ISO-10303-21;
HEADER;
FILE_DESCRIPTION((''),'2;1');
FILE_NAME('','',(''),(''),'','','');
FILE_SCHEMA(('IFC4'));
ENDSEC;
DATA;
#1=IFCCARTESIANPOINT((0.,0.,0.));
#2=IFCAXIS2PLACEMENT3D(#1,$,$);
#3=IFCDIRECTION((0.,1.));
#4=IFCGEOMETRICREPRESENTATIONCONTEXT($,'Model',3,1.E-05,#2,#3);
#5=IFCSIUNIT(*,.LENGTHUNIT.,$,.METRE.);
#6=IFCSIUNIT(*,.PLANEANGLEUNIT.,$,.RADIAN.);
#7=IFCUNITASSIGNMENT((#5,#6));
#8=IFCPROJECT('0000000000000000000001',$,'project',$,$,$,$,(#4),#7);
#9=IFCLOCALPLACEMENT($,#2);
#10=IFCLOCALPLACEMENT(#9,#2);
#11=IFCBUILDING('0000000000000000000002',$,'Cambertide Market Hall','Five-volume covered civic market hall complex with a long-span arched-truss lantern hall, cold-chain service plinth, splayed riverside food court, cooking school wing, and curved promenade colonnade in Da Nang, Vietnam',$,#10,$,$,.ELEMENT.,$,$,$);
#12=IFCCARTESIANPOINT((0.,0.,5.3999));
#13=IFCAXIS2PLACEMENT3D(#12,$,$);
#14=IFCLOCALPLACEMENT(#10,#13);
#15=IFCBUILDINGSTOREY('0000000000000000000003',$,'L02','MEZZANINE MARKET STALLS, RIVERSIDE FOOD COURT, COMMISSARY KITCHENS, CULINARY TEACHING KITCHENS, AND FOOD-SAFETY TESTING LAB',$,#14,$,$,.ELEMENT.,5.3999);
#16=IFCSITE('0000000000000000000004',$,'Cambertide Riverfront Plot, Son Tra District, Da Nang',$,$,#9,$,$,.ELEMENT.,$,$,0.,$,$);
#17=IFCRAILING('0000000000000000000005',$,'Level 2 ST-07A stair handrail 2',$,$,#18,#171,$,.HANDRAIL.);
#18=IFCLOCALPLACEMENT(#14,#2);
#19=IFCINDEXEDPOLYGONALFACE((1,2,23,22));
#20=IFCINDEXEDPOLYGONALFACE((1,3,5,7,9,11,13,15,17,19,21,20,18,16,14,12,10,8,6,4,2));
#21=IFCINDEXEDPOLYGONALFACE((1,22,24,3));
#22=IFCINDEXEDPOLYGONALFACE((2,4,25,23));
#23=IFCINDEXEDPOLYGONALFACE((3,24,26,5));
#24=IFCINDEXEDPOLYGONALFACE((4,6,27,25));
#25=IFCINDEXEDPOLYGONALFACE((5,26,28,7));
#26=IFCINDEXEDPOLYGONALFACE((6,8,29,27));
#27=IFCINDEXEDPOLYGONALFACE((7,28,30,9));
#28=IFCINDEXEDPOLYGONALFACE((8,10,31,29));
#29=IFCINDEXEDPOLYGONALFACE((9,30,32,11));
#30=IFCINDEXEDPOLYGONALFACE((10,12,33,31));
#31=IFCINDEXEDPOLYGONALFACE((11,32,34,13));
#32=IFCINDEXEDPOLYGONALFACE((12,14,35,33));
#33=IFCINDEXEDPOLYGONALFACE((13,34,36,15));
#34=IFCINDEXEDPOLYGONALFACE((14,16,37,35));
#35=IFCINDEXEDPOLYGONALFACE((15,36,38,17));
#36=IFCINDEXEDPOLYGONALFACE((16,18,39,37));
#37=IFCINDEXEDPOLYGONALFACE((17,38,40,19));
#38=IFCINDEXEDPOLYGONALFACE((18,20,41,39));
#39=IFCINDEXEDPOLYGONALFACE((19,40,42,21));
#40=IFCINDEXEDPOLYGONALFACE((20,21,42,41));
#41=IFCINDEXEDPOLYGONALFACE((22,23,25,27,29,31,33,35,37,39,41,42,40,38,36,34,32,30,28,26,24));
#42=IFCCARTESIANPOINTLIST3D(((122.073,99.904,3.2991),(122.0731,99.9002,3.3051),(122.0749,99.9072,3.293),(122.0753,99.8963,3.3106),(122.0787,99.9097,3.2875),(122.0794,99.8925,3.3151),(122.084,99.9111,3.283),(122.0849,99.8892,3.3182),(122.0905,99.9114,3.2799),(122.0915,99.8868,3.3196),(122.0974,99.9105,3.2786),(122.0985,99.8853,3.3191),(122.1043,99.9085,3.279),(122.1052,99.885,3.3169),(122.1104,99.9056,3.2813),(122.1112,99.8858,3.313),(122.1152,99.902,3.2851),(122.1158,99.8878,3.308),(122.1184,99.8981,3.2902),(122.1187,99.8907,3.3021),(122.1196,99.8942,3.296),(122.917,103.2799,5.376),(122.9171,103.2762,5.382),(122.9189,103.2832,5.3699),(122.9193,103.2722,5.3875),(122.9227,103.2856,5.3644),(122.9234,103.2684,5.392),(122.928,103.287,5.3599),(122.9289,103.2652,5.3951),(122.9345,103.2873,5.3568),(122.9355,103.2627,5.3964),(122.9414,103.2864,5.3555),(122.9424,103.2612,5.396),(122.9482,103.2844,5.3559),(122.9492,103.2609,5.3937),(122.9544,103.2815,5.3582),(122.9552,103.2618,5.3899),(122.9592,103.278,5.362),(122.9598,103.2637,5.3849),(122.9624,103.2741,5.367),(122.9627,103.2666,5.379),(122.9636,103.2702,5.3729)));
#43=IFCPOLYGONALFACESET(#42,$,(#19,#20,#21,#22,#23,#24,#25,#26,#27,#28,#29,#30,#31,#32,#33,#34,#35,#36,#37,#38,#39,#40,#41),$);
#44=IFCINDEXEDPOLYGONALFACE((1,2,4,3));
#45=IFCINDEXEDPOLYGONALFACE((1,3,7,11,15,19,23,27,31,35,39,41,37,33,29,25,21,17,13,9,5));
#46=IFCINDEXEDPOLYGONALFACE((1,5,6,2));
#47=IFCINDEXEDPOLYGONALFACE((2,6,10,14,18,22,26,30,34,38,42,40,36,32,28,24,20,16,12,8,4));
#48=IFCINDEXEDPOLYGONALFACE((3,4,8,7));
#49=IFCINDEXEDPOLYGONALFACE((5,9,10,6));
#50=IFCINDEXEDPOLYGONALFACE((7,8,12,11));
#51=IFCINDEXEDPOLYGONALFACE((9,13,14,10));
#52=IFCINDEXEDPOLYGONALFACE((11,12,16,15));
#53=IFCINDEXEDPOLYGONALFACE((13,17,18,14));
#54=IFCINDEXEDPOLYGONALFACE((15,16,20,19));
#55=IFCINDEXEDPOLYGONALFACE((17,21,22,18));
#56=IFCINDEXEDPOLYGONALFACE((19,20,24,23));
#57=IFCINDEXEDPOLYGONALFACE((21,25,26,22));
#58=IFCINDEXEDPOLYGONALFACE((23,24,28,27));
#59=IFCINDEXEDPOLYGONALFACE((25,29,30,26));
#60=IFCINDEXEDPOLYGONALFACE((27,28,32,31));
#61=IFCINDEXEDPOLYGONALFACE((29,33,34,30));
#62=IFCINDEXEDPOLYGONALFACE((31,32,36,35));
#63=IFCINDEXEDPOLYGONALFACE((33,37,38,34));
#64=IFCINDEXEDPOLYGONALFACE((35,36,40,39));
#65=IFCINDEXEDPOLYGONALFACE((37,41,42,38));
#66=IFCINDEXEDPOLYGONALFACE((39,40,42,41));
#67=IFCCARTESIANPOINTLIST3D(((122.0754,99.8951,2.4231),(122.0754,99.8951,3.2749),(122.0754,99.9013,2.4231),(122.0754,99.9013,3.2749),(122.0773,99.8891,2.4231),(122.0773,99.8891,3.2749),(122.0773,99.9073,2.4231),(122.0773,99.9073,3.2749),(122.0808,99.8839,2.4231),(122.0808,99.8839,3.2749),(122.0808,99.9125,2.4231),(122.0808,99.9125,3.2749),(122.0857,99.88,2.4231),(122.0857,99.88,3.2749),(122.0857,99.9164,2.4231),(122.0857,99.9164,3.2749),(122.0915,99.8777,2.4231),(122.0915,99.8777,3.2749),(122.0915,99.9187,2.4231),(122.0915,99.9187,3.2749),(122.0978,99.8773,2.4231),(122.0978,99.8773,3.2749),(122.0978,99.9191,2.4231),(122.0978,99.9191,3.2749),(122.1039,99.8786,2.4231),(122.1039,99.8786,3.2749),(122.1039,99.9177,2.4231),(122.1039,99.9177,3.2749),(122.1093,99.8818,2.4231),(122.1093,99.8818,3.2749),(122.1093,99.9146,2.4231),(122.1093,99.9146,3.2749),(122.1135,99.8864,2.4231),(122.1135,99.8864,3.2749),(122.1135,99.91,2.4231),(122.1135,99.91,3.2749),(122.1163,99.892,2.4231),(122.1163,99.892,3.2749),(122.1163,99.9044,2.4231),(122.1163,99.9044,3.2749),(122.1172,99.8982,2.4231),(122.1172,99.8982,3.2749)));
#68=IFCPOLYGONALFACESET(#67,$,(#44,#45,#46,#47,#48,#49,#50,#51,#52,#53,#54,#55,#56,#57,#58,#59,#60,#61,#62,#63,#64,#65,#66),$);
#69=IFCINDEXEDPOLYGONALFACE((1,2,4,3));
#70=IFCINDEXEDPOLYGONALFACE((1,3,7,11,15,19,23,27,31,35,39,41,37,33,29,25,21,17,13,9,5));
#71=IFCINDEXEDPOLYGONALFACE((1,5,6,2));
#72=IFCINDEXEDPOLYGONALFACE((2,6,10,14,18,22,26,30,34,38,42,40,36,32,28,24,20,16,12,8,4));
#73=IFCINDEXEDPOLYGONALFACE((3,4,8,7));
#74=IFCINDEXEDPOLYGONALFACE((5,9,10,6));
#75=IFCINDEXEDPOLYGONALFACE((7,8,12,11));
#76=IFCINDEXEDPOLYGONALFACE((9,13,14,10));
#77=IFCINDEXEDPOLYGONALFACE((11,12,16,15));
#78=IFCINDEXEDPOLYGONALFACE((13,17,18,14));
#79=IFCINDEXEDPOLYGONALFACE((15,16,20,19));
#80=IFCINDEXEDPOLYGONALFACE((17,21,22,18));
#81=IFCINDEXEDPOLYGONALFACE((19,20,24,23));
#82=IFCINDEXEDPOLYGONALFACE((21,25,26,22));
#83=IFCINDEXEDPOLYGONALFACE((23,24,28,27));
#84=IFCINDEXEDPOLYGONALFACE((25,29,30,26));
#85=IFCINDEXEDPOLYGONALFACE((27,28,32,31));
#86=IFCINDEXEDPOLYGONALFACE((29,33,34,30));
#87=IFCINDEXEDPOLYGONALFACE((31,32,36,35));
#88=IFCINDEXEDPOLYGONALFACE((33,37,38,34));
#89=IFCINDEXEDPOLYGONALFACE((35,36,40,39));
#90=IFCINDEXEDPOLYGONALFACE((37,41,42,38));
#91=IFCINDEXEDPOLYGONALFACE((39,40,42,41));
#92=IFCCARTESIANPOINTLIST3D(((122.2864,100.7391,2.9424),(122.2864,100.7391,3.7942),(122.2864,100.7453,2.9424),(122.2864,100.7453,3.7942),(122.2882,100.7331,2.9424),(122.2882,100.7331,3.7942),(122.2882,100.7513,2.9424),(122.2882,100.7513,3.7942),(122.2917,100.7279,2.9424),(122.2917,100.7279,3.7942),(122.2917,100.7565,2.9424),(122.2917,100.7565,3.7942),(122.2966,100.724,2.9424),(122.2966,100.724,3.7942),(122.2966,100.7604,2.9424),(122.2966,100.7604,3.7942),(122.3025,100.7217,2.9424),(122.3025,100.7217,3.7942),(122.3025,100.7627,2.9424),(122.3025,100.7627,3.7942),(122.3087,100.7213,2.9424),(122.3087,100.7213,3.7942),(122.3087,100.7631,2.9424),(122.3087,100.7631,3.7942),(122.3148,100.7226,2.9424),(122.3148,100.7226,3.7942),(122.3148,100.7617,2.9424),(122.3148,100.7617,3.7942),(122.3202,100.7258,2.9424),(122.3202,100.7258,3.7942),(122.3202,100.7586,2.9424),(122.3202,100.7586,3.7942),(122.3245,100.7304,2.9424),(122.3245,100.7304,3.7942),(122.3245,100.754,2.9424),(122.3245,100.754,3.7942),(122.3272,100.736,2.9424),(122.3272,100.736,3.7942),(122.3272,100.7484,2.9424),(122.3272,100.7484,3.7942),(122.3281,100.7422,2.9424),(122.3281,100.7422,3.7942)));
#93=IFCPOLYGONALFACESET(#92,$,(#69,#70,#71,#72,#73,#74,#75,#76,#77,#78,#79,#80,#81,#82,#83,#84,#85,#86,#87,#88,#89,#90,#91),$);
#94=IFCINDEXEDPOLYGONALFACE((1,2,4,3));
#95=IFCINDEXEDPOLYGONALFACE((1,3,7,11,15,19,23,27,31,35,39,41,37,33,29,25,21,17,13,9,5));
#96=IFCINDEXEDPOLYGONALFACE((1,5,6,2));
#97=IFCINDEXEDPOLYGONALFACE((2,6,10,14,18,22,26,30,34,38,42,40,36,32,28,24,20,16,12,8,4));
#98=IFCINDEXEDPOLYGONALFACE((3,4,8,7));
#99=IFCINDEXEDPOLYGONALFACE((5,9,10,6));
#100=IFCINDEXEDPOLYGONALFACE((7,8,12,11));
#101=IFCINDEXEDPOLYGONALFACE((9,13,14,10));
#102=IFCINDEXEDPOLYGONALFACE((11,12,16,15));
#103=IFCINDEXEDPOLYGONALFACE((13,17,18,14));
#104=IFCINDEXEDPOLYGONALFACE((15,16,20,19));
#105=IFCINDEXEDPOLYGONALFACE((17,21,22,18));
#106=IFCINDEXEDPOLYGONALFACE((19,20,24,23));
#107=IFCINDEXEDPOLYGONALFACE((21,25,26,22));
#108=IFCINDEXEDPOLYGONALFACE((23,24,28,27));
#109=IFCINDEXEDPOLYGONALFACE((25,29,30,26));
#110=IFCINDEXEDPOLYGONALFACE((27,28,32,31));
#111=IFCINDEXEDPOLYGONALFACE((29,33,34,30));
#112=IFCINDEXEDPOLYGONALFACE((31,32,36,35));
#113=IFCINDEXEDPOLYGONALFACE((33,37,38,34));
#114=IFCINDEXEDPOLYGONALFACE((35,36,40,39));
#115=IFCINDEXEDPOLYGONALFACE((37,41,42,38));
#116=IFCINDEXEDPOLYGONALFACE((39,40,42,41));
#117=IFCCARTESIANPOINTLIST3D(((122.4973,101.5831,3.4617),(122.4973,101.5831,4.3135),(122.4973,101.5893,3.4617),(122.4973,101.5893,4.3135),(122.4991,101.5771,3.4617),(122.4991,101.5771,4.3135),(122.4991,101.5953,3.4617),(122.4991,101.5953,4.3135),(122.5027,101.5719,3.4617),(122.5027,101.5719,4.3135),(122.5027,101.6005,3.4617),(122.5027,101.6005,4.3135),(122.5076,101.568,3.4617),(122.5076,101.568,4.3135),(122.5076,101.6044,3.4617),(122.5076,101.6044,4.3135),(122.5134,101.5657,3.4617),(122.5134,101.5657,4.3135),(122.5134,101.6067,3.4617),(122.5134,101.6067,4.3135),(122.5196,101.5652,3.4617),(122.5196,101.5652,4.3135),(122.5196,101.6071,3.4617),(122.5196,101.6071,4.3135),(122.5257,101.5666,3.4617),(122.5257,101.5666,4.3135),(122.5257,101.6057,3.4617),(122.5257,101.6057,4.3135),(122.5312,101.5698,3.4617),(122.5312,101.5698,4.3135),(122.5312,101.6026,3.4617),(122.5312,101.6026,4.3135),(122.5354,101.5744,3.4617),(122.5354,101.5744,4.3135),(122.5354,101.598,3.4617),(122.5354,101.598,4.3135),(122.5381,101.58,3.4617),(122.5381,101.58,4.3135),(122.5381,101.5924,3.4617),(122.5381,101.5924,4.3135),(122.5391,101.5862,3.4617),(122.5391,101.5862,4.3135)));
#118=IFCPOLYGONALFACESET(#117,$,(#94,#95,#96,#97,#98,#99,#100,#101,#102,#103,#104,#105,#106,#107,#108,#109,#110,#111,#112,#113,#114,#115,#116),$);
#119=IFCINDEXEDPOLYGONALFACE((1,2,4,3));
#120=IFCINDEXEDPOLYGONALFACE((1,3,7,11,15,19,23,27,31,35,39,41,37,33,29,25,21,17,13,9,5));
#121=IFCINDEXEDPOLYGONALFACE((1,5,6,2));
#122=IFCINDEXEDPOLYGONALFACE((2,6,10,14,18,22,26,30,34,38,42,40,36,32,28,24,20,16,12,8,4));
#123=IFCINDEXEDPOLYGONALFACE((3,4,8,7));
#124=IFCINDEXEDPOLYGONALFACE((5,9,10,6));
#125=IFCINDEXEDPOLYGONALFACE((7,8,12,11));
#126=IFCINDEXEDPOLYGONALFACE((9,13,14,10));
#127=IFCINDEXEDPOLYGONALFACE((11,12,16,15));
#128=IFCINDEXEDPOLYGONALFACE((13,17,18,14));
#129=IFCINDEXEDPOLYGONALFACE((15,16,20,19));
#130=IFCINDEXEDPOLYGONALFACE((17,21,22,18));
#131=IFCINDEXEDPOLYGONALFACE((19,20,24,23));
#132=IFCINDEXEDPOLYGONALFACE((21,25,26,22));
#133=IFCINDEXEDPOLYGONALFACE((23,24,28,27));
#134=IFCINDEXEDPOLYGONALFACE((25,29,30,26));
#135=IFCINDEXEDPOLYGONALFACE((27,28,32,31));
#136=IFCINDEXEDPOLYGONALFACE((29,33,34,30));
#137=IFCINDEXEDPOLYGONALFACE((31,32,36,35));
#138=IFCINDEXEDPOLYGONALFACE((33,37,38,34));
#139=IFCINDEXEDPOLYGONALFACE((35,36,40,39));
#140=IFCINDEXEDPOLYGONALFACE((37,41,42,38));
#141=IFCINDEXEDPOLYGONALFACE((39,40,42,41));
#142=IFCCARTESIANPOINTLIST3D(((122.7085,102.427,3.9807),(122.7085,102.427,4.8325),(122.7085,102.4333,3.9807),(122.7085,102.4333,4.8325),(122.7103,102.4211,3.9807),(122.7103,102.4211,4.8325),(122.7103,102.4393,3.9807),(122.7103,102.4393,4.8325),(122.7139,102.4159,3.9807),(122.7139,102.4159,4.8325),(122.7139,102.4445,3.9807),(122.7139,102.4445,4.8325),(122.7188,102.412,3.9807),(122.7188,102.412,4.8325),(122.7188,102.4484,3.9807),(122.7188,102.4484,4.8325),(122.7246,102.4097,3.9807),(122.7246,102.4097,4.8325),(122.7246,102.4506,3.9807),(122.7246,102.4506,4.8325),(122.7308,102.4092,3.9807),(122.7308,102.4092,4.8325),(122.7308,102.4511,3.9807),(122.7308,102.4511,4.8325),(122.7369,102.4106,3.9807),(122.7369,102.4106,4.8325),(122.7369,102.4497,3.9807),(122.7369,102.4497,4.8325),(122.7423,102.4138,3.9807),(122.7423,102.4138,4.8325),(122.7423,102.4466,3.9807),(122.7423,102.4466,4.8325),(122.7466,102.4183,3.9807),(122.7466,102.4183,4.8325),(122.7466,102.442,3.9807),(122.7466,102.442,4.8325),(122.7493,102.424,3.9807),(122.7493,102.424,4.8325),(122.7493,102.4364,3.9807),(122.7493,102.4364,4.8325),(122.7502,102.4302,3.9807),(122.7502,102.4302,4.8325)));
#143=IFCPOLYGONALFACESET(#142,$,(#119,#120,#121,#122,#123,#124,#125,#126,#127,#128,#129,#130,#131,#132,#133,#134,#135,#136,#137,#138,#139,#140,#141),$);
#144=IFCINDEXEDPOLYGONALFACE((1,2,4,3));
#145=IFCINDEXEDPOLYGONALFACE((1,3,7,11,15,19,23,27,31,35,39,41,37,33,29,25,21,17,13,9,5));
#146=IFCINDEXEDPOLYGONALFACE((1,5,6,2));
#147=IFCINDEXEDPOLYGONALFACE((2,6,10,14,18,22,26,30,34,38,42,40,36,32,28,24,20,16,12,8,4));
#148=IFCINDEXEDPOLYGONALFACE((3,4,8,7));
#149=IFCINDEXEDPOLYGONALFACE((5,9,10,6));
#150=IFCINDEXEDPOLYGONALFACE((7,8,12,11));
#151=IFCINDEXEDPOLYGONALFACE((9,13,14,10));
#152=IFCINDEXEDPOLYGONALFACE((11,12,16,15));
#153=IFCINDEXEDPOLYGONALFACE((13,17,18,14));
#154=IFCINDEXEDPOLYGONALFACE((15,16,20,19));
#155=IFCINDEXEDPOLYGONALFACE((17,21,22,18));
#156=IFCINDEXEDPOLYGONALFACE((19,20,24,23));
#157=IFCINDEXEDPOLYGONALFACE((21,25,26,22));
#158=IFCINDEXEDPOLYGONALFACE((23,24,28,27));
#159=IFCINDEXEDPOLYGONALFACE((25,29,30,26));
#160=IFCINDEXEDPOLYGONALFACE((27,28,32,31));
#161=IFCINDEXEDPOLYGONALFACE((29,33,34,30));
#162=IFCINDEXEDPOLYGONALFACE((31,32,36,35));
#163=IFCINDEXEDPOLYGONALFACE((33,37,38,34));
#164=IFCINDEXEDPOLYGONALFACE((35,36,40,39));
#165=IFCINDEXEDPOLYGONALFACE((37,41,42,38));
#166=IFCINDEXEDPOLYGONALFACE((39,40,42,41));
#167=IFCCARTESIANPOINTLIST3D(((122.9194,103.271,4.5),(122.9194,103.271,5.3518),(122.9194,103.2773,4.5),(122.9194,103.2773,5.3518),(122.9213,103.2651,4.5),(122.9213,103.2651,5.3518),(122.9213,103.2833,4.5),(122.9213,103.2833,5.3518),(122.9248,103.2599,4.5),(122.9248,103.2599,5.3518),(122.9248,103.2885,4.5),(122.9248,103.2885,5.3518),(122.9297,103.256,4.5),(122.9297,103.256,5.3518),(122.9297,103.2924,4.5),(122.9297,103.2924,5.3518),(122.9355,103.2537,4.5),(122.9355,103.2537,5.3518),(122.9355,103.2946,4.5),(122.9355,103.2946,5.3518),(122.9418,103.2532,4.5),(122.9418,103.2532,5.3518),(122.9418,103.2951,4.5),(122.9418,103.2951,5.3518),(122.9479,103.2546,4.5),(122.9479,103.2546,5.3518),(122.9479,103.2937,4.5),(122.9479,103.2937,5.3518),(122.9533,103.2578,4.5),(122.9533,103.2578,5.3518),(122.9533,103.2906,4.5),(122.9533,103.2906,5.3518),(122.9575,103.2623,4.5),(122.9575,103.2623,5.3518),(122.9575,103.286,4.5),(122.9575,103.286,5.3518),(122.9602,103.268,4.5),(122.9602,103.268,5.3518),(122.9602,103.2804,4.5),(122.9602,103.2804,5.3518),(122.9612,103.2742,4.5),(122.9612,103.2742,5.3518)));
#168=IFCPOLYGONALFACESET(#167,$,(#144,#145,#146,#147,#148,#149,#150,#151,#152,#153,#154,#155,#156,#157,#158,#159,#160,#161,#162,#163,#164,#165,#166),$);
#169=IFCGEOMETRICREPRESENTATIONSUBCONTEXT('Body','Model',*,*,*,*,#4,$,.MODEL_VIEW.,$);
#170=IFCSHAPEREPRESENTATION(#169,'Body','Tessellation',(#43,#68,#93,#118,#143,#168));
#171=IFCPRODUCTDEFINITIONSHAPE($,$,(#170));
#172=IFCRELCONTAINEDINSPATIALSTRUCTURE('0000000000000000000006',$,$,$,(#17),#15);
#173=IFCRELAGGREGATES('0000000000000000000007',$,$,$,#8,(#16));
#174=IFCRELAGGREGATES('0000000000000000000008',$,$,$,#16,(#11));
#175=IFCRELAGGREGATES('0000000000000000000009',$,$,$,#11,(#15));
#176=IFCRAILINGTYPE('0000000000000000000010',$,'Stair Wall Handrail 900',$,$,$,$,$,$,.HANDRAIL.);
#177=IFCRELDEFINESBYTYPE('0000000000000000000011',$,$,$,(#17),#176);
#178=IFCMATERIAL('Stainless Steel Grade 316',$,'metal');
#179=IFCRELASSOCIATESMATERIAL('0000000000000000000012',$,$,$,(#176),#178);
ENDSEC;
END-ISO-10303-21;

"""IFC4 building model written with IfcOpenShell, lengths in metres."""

from ifc_helpers import new_model, si_unit, direction, frame, origin, origin_2d, place, context, subcontext, project, spatial, circle, extrude, material, type_object, element, save


model = new_model("IFC4")

# Units and contexts
model_context = context("Model", 3, precision=1e-05, world=origin(), true_north=direction((0.0, 1.0)))
body_context = subcontext(model_context, "Body", "Model", "MODEL_VIEW")
ifc_project = project(units=[si_unit("LENGTHUNIT", "METRE"), si_unit("PLANEANGLEUNIT", "RADIAN")], contexts=[model_context])

# Site, building, storey
site_placement = place(None, origin())
site = spatial("IfcSite", under=ifc_project, at=site_placement, Name="Cambertide Riverfront Plot, Son Tra District, Da Nang", CompositionType="ELEMENT", RefElevation=0.0)
building_placement = place(site_placement, origin())
building = spatial("IfcBuilding", under=site, at=building_placement, Name="Cambertide Market Hall", Description="Five-volume covered civic market hall complex with a long-span arched-truss lantern hall, cold-chain service plinth, splayed riverside food court, cooking school wing, and curved promenade colonnade in Da Nang, Vietnam", CompositionType="ELEMENT")
storey_placement = place(building_placement, frame((0.0, 0.0, 5.3999)))
storey = spatial("IfcBuildingStorey", under=building, at=storey_placement, Name="L02", Description="MEZZANINE MARKET STALLS, RIVERSIDE FOOD COURT, COMMISSARY KITCHENS, CULINARY TEACHING KITCHENS, AND FOOD-SAFETY TESTING LAB", CompositionType="ELEMENT", Elevation=5.3999)

# Railing
ifc_material_1 = material(Name="Stainless Steel Grade 316", Category="metal")
railing_type_1 = type_object("IfcRailingType", Name="Stair Wall Handrail 900", PredefinedType="HANDRAIL", material=ifc_material_1)
railing_1_placement = place(storey_placement, frame((122.0962, 99.8982, 2.4231)))
element("IfcRailing", 1, at=railing_1_placement, inside=storey, type_object=railing_type_1, Name="Level 2 ST-07A stair handrail 2", PredefinedType="HANDRAIL", context=body_context, shape_type="SweptSolid", body=[
    extrude(circle(Radius=0.0239, at=origin_2d()), frame((0.0, 0.0, 0.876), z_axis=(0.208263, 0.833052, 0.512495), x_axis=(-0.970143, 0.242536, 0.0)), (0.0, 0.0, 1.0), 4.0525),
    extrude(circle(Radius=0.021, at=origin_2d()), origin(), (0.0, 0.0, 1.0), 0.8518),
    extrude(circle(Radius=0.021, at=origin_2d()), frame((0.2109, 0.844, 0.5193)), (0.0, 0.0, 1.0), 0.8518),
    extrude(circle(Radius=0.021, at=origin_2d()), frame((0.4219, 1.688, 1.0386)), (0.0, 0.0, 1.0), 0.8518),
    extrude(circle(Radius=0.021, at=origin_2d()), frame((0.6331, 2.532, 1.5576)), (0.0, 0.0, 1.0), 0.8518),
    extrude(circle(Radius=0.021, at=origin_2d()), frame((0.844, 3.376, 2.0769)), (0.0, 0.0, 1.0), 0.8518),
])

save(model, "model.ifc")
